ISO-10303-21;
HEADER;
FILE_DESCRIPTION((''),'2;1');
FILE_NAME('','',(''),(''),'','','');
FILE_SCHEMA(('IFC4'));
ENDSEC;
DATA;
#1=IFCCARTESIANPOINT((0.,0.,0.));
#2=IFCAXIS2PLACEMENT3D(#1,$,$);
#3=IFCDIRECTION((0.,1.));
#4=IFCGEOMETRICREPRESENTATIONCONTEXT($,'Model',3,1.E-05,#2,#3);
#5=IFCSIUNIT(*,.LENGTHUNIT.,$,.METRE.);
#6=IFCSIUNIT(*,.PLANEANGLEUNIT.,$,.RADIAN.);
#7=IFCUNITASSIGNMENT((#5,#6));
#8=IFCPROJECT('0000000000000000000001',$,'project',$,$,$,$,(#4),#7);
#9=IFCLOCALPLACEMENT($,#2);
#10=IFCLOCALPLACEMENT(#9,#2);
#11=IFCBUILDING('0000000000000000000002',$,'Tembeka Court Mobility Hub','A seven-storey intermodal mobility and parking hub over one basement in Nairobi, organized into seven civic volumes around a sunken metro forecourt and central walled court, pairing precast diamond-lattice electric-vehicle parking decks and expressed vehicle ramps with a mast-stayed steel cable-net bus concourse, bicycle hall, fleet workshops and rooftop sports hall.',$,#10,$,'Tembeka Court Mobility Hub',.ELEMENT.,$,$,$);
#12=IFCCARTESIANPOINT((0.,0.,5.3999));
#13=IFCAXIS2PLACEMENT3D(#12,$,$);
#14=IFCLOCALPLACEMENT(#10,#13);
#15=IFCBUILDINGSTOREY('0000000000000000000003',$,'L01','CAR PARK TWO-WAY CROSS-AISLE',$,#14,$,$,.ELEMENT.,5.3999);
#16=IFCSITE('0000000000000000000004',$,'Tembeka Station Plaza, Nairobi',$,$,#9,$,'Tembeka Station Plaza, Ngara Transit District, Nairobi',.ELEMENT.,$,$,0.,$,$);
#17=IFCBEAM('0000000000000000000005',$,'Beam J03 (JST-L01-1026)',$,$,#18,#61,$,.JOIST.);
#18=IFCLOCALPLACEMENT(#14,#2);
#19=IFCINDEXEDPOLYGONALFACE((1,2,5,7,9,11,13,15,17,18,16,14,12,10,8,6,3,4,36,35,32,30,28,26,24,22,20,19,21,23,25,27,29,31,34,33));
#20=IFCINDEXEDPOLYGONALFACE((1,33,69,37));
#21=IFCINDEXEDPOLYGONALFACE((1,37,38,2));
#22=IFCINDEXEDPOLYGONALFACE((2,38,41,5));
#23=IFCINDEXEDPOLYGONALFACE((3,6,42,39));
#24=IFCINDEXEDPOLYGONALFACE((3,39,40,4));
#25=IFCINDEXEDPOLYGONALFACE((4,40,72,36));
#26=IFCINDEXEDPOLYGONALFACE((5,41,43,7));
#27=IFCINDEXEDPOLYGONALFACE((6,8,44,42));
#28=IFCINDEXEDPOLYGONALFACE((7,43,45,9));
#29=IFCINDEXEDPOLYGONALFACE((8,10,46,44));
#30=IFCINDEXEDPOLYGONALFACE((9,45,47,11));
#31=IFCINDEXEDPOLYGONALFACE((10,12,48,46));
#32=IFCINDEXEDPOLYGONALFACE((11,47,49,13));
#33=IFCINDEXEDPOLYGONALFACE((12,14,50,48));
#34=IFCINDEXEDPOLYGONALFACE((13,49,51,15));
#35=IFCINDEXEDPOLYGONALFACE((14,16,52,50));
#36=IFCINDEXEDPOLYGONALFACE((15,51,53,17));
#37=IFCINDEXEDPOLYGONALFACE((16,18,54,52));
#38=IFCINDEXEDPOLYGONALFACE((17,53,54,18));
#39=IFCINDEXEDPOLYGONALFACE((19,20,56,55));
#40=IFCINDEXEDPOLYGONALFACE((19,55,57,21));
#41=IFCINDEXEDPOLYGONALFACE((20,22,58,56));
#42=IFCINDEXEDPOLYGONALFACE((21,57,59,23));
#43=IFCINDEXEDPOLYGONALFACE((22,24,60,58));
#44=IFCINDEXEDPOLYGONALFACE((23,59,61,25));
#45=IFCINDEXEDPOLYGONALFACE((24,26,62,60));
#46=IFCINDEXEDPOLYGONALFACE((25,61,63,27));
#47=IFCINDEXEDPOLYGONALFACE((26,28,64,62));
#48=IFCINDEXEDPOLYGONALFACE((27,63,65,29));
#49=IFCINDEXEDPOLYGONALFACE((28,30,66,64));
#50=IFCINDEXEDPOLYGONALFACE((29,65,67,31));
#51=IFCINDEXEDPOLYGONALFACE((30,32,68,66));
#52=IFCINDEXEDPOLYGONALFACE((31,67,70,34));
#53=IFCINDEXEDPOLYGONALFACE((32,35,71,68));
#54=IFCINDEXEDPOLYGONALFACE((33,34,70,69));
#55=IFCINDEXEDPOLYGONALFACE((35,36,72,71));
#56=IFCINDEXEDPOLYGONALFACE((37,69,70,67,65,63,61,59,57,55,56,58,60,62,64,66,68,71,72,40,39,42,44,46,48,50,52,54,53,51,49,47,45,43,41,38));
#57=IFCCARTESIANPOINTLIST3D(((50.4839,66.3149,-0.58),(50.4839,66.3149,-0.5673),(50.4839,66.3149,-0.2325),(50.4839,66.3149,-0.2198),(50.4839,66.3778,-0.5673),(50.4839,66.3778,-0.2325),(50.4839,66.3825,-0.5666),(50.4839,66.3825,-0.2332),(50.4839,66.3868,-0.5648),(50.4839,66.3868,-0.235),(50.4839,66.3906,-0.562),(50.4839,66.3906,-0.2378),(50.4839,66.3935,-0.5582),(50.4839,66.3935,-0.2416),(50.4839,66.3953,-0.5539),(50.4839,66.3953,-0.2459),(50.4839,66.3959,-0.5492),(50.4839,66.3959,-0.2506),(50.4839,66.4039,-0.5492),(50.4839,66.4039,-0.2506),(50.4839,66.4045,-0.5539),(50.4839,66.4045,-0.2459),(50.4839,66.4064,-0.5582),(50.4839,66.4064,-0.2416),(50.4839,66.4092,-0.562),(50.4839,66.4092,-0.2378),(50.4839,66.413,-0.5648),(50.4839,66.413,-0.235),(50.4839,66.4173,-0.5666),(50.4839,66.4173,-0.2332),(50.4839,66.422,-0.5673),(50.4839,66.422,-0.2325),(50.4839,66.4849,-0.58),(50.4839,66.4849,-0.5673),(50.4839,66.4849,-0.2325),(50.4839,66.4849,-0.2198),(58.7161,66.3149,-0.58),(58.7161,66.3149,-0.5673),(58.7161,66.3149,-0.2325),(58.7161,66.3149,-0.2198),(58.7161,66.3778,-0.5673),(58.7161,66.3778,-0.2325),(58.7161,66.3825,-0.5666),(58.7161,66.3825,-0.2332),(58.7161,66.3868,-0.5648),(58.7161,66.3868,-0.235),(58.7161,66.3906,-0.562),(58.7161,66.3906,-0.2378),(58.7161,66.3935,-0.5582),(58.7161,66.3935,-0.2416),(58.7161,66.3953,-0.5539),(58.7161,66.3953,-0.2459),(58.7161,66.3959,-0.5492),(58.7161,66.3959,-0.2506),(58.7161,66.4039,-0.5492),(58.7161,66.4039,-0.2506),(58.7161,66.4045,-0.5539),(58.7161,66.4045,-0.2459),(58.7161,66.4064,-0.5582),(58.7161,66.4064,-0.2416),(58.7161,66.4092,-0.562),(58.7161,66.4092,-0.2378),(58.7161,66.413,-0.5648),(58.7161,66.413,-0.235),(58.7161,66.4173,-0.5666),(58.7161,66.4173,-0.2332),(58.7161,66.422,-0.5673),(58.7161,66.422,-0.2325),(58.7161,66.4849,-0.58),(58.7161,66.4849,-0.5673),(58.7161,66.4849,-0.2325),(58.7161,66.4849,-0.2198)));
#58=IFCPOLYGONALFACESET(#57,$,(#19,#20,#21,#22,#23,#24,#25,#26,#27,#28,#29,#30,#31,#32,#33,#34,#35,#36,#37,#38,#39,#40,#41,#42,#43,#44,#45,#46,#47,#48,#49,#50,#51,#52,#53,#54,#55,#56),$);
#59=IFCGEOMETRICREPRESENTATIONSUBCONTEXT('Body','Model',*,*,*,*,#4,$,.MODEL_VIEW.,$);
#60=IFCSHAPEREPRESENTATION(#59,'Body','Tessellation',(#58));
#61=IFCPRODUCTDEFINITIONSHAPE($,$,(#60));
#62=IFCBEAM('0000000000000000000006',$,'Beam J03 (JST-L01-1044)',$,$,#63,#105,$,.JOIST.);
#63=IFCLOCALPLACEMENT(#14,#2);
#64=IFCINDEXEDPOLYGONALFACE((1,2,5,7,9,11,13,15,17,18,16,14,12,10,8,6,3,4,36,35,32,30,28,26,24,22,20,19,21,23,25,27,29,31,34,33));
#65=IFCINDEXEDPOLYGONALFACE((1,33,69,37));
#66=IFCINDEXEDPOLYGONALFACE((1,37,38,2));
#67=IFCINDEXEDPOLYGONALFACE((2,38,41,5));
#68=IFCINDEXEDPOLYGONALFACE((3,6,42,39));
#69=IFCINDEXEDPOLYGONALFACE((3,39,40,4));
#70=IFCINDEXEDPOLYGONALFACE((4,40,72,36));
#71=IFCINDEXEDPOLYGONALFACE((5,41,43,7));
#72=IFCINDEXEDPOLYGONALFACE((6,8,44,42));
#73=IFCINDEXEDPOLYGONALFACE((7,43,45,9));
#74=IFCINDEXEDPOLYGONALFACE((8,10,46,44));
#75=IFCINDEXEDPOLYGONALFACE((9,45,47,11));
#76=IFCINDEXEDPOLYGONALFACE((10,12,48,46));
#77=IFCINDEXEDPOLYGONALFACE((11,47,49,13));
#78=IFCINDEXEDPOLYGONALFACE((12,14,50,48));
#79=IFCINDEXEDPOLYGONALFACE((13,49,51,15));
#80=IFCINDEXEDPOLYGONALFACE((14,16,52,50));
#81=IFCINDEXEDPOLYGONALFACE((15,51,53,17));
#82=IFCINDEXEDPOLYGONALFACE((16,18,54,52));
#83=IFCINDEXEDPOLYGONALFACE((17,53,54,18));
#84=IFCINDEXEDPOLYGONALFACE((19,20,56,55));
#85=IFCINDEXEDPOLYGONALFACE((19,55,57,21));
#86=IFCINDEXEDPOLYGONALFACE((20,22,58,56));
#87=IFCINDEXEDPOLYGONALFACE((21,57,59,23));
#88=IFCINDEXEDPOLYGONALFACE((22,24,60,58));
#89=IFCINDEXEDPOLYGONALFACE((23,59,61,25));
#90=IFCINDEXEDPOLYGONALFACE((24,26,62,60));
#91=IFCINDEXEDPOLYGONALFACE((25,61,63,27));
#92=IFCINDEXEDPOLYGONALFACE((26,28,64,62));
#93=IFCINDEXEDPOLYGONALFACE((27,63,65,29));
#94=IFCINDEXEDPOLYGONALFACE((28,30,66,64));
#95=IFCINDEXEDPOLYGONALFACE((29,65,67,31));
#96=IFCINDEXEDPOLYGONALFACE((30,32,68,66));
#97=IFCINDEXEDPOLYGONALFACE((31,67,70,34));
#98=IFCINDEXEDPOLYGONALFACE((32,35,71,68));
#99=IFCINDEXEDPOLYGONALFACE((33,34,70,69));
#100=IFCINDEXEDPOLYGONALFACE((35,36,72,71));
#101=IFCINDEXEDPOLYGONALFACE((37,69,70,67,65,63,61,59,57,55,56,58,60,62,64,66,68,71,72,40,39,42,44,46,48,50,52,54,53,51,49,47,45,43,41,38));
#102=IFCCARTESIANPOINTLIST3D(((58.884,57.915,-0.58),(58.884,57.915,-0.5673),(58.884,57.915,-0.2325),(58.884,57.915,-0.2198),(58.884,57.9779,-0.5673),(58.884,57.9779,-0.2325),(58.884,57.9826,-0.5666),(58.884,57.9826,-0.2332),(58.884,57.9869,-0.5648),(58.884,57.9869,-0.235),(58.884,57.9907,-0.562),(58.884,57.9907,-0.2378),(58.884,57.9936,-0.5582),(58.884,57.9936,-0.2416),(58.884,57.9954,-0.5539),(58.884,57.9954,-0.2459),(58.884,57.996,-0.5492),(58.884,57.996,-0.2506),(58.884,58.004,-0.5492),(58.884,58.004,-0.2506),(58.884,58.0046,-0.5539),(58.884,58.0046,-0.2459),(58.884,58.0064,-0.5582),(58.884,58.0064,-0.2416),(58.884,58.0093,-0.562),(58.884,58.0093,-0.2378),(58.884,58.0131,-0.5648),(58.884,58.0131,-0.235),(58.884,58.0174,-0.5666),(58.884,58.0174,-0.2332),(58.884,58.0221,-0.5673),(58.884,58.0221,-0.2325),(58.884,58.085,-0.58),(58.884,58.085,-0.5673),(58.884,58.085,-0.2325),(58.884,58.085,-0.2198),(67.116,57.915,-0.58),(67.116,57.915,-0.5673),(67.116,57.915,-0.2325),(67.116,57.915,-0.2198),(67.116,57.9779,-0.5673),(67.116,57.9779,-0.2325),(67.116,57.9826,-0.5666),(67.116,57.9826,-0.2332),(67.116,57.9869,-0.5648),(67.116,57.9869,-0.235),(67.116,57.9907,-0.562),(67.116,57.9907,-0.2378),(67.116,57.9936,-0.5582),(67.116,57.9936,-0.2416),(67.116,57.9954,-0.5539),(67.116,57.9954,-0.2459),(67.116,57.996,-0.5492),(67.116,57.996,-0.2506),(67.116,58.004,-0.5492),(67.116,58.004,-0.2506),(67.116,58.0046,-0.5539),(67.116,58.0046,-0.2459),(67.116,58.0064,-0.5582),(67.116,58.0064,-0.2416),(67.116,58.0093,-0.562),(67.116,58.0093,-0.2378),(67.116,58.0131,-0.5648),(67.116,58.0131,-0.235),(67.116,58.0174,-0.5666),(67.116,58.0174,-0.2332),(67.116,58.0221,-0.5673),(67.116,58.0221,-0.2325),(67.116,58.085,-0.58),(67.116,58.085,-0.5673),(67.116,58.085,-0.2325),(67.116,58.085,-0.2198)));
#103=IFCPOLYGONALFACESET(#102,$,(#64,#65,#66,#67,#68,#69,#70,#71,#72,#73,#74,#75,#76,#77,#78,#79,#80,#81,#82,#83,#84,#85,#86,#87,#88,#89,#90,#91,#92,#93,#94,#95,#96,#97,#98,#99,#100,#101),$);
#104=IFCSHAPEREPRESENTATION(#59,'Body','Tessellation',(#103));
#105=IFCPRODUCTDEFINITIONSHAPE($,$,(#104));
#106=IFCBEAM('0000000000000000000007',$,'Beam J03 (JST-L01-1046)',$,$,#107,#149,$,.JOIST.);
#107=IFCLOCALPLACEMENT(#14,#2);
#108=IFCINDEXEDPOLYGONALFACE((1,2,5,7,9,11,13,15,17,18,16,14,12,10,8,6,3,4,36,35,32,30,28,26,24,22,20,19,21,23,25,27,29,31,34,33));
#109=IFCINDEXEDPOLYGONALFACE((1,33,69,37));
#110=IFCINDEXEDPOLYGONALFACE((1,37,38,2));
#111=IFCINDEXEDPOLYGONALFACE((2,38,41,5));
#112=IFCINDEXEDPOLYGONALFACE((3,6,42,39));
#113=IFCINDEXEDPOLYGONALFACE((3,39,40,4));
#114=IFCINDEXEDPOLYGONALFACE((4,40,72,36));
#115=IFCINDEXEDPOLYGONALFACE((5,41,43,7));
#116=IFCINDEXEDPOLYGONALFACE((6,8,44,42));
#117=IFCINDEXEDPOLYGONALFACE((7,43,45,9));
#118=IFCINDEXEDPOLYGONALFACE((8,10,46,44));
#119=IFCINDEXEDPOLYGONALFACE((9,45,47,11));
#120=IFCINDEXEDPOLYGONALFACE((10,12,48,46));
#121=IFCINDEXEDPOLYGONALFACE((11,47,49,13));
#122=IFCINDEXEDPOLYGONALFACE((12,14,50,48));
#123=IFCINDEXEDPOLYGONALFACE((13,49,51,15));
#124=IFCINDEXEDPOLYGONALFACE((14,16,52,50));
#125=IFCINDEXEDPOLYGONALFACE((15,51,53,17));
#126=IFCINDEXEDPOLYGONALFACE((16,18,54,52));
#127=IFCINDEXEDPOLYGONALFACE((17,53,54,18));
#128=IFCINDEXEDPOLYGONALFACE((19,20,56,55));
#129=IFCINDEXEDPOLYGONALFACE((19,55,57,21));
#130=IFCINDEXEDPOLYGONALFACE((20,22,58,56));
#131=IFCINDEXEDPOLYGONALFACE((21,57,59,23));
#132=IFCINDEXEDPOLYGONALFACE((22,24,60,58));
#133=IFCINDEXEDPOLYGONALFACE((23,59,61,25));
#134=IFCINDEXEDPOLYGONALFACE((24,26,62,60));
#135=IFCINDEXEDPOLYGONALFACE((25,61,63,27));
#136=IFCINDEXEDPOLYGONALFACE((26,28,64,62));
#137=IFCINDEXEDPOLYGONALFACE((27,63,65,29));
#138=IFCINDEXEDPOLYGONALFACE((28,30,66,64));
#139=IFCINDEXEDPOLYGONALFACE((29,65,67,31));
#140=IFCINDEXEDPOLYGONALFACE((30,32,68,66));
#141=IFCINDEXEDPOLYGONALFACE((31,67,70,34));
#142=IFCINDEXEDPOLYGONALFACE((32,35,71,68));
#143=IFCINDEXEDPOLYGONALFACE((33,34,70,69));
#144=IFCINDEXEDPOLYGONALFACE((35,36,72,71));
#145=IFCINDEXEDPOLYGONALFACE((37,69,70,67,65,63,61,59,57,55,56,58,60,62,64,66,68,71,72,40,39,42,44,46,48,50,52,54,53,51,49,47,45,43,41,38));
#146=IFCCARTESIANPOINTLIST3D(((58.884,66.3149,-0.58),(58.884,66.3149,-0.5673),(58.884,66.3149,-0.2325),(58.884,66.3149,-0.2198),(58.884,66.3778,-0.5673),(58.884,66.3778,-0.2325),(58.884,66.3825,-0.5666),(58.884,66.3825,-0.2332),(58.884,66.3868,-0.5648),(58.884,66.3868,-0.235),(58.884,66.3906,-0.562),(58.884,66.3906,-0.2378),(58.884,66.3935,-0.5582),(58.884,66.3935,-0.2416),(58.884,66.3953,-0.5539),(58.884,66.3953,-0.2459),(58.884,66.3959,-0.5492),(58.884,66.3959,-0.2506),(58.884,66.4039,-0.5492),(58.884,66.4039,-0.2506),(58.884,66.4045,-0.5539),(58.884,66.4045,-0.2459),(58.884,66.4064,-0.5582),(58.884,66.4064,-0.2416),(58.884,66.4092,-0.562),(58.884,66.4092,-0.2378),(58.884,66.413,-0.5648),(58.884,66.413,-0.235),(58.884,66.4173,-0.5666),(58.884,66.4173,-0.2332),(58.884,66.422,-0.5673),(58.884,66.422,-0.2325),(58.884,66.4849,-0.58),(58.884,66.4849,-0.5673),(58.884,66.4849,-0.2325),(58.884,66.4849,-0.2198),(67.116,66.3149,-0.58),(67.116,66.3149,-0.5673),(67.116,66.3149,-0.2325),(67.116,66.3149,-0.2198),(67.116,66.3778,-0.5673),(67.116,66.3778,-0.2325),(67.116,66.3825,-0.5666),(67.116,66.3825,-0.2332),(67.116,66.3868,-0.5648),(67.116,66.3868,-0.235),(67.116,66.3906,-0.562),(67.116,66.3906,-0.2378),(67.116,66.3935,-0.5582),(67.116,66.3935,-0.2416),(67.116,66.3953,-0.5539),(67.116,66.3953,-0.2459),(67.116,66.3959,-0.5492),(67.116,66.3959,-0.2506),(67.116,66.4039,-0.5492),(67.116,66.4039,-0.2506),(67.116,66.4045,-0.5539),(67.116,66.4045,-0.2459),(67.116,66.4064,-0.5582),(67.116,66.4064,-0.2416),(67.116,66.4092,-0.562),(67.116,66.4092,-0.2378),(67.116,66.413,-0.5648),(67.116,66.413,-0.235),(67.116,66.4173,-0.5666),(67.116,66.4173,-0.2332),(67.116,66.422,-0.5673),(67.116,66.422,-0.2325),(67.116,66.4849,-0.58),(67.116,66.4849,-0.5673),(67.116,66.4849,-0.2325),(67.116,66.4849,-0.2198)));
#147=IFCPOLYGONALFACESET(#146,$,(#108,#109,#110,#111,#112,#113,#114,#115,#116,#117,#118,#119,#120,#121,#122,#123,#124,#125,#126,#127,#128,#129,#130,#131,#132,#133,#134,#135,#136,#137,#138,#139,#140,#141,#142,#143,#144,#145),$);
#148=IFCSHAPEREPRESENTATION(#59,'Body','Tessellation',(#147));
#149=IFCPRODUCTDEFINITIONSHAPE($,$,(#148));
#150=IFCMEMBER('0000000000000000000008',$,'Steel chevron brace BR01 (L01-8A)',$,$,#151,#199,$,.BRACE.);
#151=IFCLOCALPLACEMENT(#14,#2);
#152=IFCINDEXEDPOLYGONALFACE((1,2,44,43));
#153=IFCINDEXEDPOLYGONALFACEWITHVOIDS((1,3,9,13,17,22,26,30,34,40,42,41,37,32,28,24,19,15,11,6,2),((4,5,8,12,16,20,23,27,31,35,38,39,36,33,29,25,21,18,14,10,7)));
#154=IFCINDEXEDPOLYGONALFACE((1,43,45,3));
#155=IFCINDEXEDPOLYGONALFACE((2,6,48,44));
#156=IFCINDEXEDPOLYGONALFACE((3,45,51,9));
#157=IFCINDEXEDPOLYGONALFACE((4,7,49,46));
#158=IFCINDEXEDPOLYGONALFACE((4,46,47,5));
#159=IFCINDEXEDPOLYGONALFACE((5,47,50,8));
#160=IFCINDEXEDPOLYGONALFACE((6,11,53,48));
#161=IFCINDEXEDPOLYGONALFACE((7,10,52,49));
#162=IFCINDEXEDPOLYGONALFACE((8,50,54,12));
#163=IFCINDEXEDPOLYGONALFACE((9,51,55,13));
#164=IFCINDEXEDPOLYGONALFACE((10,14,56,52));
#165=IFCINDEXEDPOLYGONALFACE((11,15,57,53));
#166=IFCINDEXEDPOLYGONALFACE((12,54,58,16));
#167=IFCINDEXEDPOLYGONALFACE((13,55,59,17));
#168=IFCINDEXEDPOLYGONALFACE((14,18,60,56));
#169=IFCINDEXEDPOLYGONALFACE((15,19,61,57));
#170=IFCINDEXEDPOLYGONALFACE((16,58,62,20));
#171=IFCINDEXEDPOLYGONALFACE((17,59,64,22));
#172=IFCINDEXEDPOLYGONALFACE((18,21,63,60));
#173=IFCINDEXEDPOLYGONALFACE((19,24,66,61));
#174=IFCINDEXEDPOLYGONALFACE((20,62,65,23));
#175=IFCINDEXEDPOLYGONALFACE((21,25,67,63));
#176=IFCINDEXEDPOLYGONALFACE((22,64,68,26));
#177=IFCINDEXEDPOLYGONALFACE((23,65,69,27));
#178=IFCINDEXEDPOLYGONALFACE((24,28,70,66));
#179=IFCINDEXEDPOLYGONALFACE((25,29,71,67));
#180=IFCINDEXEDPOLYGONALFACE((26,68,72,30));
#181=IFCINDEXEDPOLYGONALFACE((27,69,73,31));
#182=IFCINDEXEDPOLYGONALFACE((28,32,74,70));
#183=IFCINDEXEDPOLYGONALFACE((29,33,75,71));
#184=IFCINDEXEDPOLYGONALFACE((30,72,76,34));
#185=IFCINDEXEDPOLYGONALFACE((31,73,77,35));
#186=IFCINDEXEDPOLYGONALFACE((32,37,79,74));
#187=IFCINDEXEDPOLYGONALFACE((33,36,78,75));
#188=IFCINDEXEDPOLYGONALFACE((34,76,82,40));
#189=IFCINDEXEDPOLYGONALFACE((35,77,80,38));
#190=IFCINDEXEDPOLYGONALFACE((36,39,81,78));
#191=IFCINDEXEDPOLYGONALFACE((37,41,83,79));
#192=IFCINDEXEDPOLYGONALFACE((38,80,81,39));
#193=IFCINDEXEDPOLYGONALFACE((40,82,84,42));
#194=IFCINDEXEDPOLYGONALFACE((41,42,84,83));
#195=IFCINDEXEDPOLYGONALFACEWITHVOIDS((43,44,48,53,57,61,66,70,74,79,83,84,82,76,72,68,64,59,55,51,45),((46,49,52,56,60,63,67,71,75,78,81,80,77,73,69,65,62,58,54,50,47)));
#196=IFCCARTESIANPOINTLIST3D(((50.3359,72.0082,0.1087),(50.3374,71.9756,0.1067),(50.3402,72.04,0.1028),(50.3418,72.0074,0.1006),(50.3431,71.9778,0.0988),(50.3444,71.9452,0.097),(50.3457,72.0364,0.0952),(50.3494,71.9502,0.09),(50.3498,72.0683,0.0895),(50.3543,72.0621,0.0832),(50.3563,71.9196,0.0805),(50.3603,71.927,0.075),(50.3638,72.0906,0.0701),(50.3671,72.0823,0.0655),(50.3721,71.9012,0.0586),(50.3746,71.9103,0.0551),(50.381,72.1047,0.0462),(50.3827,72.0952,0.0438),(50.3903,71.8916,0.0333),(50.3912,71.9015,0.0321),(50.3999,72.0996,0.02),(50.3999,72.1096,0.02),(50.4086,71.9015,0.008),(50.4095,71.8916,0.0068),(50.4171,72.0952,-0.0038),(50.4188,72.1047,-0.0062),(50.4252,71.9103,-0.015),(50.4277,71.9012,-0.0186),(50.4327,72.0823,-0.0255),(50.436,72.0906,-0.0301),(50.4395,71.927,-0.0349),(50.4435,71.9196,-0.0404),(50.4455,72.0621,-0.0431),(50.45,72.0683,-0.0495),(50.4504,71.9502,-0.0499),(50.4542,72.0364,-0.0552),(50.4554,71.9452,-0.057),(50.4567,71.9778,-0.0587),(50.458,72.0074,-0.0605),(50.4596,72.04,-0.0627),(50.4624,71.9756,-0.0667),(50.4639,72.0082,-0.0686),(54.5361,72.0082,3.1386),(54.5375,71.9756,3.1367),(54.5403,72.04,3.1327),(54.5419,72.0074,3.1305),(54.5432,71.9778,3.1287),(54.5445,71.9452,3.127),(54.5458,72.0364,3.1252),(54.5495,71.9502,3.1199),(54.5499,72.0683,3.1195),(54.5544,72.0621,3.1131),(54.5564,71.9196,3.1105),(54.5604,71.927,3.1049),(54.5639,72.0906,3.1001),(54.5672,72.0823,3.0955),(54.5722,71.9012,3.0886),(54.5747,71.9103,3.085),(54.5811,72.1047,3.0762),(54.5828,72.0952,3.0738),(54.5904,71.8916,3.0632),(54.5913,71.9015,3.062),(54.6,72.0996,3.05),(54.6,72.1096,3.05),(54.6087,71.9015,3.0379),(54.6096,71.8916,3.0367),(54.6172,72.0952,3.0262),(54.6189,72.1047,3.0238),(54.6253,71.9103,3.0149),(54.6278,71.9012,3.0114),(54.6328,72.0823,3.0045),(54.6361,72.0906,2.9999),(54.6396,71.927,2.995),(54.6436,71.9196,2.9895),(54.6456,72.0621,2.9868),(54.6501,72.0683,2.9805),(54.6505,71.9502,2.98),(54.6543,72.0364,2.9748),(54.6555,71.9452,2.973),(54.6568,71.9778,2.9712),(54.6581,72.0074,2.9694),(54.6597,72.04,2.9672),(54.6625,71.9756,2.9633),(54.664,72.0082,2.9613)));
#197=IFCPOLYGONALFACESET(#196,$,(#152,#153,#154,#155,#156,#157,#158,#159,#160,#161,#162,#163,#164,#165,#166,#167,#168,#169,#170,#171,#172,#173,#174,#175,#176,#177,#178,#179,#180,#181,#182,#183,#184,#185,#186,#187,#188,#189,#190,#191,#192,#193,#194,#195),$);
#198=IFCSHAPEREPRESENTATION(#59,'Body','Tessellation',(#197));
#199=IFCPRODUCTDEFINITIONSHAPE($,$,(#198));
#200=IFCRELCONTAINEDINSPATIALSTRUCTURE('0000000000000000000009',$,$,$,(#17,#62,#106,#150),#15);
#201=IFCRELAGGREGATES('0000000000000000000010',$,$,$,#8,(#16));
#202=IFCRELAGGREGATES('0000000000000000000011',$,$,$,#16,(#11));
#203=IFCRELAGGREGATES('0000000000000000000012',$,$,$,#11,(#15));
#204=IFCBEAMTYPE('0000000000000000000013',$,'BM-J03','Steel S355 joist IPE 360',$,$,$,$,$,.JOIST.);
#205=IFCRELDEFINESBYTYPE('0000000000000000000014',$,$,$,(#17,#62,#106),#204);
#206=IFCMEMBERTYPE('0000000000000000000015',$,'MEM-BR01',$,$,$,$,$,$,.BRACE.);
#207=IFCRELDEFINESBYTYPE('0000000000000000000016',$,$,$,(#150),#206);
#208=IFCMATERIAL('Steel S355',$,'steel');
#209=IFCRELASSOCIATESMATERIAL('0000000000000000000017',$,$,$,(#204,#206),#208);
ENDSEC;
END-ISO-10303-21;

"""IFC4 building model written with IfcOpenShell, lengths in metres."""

from ifc_helpers import new_model, si_unit, direction, frame, origin, origin_2d, place, context, subcontext, project, spatial, hollow_circle, i_section, extrude, material, material_profile, profile_set, type_object, element, save


model = new_model("IFC4")

# Units and contexts
model_context = context("Model", 3, precision=1e-05, world=origin(), true_north=direction((0.0, 1.0)))
body_context = subcontext(model_context, "Body", "Model", "MODEL_VIEW")
ifc_project = project(units=[si_unit("LENGTHUNIT", "METRE"), si_unit("PLANEANGLEUNIT", "RADIAN")], contexts=[model_context])

# Site, building, storey
site_placement = place(None, origin())
site = spatial("IfcSite", under=ifc_project, at=site_placement, Name="Tembeka Station Plaza, Nairobi", LongName="Tembeka Station Plaza, Ngara Transit District, Nairobi", CompositionType="ELEMENT", RefElevation=0.0)
building_placement = place(site_placement, origin())
building = spatial("IfcBuilding", under=site, at=building_placement, Name="Tembeka Court Mobility Hub", Description="A seven-storey intermodal mobility and parking hub over one basement in Nairobi, organized into seven civic volumes around a sunken metro forecourt and central walled court, pairing precast diamond-lattice electric-vehicle parking decks and expressed vehicle ramps with a mast-stayed steel cable-net bus concourse, bicycle hall, fleet workshops and rooftop sports hall.", LongName="Tembeka Court Mobility Hub", CompositionType="ELEMENT")
storey_placement = place(building_placement, frame((0.0, 0.0, 5.3999)))
storey = spatial("IfcBuildingStorey", under=building, at=storey_placement, Name="L01", Description="CAR PARK TWO-WAY CROSS-AISLE", CompositionType="ELEMENT", Elevation=5.3999)

# Shared definitions
ifc_material_1 = material(Name="Steel S355", Category="steel")

# Beams
ifc_material_profile_1 = material_profile(ifc_material_1, i_section(OverallWidth=0.1699, OverallDepth=0.3601, WebThickness=0.0081, FlangeThickness=0.0127, FilletRadius=0.0181, at=origin_2d()), Name="IPE 360")
ifc_profile_set_1 = profile_set([ifc_material_profile_1], Name="Steel S355")
beam_type_1 = type_object("IfcBeamType", Name="BM-J03", Description="Steel S355 joist IPE 360", PredefinedType="JOIST", material=ifc_profile_set_1)
beam_1_placement = place(storey_placement, frame((50.4839, 66.3999, -0.3999), z_axis=(1.0, 0.0, 0.0), x_axis=(0.0, 1.0, 0.0)))
element("IfcBeam", 1, at=beam_1_placement, inside=storey, type_object=beam_type_1, Name="Beam J03 (JST-L01-1026)", PredefinedType="JOIST", context=body_context, shape_type="SweptSolid", body=[
    extrude(i_section(OverallWidth=0.1699, OverallDepth=0.3601, WebThickness=0.0081, FlangeThickness=0.0127, FilletRadius=0.0181, at=origin_2d()), origin(), (0.0, 0.0, 1.0), 8.2322),
])
for number, where, z_axis, x_axis, name in (
    (2, (58.884, 58.0, -0.3999), (1.0, 0.0, 0.0), (0.0, 1.0, 0.0), "Beam J03 (JST-L01-1044)"),
    (3, (58.884, 66.3999, -0.3999), (1.0, 0.0, 0.0), (0.0, 1.0, 0.0), "Beam J03 (JST-L01-1046)"),
):
    element("IfcBeam", number, at=place(storey_placement, frame(where, z_axis=z_axis, x_axis=x_axis)), inside=storey, type_object=beam_type_1, Name=name, PredefinedType="JOIST", context=body_context, shape_type="SweptSolid", body=[
        extrude(i_section(OverallWidth=0.1699, OverallDepth=0.3601, WebThickness=0.0081, FlangeThickness=0.0127, FilletRadius=0.0181, at=origin_2d()), origin(), (0.0, 0.0, 1.0), 8.2319),
    ])

# Member
ifc_material_profile_2 = material_profile(ifc_material_1, hollow_circle(Radius=0.1096, WallThickness=0.01, at=origin_2d()), Name="CHS 219.1x10")
ifc_profile_set_2 = profile_set([ifc_material_profile_2], Name="Steel S355")
member_type = type_object("IfcMemberType", Name="MEM-BR01", PredefinedType="BRACE", material=ifc_profile_set_2)
for number, where, z_axis, x_axis, name in (
    (4, (50.3999, 72.0, 0.02), (0.810995, 0.0, 0.585053), (0.0, 1.0, 0.0), "Steel chevron brace BR01 (L01-8A)"),
):
    element("IfcMember", number, at=place(storey_placement, frame(where, z_axis=z_axis, x_axis=x_axis)), inside=storey, type_object=member_type, Name=name, PredefinedType="BRACE", context=body_context, shape_type="SweptSolid", body=[
        extrude(hollow_circle(Radius=0.1096, WallThickness=0.01, at=origin_2d()), origin(), (0.0, 0.0, 1.0), 5.179),
    ])

save(model, "model.ifc")
